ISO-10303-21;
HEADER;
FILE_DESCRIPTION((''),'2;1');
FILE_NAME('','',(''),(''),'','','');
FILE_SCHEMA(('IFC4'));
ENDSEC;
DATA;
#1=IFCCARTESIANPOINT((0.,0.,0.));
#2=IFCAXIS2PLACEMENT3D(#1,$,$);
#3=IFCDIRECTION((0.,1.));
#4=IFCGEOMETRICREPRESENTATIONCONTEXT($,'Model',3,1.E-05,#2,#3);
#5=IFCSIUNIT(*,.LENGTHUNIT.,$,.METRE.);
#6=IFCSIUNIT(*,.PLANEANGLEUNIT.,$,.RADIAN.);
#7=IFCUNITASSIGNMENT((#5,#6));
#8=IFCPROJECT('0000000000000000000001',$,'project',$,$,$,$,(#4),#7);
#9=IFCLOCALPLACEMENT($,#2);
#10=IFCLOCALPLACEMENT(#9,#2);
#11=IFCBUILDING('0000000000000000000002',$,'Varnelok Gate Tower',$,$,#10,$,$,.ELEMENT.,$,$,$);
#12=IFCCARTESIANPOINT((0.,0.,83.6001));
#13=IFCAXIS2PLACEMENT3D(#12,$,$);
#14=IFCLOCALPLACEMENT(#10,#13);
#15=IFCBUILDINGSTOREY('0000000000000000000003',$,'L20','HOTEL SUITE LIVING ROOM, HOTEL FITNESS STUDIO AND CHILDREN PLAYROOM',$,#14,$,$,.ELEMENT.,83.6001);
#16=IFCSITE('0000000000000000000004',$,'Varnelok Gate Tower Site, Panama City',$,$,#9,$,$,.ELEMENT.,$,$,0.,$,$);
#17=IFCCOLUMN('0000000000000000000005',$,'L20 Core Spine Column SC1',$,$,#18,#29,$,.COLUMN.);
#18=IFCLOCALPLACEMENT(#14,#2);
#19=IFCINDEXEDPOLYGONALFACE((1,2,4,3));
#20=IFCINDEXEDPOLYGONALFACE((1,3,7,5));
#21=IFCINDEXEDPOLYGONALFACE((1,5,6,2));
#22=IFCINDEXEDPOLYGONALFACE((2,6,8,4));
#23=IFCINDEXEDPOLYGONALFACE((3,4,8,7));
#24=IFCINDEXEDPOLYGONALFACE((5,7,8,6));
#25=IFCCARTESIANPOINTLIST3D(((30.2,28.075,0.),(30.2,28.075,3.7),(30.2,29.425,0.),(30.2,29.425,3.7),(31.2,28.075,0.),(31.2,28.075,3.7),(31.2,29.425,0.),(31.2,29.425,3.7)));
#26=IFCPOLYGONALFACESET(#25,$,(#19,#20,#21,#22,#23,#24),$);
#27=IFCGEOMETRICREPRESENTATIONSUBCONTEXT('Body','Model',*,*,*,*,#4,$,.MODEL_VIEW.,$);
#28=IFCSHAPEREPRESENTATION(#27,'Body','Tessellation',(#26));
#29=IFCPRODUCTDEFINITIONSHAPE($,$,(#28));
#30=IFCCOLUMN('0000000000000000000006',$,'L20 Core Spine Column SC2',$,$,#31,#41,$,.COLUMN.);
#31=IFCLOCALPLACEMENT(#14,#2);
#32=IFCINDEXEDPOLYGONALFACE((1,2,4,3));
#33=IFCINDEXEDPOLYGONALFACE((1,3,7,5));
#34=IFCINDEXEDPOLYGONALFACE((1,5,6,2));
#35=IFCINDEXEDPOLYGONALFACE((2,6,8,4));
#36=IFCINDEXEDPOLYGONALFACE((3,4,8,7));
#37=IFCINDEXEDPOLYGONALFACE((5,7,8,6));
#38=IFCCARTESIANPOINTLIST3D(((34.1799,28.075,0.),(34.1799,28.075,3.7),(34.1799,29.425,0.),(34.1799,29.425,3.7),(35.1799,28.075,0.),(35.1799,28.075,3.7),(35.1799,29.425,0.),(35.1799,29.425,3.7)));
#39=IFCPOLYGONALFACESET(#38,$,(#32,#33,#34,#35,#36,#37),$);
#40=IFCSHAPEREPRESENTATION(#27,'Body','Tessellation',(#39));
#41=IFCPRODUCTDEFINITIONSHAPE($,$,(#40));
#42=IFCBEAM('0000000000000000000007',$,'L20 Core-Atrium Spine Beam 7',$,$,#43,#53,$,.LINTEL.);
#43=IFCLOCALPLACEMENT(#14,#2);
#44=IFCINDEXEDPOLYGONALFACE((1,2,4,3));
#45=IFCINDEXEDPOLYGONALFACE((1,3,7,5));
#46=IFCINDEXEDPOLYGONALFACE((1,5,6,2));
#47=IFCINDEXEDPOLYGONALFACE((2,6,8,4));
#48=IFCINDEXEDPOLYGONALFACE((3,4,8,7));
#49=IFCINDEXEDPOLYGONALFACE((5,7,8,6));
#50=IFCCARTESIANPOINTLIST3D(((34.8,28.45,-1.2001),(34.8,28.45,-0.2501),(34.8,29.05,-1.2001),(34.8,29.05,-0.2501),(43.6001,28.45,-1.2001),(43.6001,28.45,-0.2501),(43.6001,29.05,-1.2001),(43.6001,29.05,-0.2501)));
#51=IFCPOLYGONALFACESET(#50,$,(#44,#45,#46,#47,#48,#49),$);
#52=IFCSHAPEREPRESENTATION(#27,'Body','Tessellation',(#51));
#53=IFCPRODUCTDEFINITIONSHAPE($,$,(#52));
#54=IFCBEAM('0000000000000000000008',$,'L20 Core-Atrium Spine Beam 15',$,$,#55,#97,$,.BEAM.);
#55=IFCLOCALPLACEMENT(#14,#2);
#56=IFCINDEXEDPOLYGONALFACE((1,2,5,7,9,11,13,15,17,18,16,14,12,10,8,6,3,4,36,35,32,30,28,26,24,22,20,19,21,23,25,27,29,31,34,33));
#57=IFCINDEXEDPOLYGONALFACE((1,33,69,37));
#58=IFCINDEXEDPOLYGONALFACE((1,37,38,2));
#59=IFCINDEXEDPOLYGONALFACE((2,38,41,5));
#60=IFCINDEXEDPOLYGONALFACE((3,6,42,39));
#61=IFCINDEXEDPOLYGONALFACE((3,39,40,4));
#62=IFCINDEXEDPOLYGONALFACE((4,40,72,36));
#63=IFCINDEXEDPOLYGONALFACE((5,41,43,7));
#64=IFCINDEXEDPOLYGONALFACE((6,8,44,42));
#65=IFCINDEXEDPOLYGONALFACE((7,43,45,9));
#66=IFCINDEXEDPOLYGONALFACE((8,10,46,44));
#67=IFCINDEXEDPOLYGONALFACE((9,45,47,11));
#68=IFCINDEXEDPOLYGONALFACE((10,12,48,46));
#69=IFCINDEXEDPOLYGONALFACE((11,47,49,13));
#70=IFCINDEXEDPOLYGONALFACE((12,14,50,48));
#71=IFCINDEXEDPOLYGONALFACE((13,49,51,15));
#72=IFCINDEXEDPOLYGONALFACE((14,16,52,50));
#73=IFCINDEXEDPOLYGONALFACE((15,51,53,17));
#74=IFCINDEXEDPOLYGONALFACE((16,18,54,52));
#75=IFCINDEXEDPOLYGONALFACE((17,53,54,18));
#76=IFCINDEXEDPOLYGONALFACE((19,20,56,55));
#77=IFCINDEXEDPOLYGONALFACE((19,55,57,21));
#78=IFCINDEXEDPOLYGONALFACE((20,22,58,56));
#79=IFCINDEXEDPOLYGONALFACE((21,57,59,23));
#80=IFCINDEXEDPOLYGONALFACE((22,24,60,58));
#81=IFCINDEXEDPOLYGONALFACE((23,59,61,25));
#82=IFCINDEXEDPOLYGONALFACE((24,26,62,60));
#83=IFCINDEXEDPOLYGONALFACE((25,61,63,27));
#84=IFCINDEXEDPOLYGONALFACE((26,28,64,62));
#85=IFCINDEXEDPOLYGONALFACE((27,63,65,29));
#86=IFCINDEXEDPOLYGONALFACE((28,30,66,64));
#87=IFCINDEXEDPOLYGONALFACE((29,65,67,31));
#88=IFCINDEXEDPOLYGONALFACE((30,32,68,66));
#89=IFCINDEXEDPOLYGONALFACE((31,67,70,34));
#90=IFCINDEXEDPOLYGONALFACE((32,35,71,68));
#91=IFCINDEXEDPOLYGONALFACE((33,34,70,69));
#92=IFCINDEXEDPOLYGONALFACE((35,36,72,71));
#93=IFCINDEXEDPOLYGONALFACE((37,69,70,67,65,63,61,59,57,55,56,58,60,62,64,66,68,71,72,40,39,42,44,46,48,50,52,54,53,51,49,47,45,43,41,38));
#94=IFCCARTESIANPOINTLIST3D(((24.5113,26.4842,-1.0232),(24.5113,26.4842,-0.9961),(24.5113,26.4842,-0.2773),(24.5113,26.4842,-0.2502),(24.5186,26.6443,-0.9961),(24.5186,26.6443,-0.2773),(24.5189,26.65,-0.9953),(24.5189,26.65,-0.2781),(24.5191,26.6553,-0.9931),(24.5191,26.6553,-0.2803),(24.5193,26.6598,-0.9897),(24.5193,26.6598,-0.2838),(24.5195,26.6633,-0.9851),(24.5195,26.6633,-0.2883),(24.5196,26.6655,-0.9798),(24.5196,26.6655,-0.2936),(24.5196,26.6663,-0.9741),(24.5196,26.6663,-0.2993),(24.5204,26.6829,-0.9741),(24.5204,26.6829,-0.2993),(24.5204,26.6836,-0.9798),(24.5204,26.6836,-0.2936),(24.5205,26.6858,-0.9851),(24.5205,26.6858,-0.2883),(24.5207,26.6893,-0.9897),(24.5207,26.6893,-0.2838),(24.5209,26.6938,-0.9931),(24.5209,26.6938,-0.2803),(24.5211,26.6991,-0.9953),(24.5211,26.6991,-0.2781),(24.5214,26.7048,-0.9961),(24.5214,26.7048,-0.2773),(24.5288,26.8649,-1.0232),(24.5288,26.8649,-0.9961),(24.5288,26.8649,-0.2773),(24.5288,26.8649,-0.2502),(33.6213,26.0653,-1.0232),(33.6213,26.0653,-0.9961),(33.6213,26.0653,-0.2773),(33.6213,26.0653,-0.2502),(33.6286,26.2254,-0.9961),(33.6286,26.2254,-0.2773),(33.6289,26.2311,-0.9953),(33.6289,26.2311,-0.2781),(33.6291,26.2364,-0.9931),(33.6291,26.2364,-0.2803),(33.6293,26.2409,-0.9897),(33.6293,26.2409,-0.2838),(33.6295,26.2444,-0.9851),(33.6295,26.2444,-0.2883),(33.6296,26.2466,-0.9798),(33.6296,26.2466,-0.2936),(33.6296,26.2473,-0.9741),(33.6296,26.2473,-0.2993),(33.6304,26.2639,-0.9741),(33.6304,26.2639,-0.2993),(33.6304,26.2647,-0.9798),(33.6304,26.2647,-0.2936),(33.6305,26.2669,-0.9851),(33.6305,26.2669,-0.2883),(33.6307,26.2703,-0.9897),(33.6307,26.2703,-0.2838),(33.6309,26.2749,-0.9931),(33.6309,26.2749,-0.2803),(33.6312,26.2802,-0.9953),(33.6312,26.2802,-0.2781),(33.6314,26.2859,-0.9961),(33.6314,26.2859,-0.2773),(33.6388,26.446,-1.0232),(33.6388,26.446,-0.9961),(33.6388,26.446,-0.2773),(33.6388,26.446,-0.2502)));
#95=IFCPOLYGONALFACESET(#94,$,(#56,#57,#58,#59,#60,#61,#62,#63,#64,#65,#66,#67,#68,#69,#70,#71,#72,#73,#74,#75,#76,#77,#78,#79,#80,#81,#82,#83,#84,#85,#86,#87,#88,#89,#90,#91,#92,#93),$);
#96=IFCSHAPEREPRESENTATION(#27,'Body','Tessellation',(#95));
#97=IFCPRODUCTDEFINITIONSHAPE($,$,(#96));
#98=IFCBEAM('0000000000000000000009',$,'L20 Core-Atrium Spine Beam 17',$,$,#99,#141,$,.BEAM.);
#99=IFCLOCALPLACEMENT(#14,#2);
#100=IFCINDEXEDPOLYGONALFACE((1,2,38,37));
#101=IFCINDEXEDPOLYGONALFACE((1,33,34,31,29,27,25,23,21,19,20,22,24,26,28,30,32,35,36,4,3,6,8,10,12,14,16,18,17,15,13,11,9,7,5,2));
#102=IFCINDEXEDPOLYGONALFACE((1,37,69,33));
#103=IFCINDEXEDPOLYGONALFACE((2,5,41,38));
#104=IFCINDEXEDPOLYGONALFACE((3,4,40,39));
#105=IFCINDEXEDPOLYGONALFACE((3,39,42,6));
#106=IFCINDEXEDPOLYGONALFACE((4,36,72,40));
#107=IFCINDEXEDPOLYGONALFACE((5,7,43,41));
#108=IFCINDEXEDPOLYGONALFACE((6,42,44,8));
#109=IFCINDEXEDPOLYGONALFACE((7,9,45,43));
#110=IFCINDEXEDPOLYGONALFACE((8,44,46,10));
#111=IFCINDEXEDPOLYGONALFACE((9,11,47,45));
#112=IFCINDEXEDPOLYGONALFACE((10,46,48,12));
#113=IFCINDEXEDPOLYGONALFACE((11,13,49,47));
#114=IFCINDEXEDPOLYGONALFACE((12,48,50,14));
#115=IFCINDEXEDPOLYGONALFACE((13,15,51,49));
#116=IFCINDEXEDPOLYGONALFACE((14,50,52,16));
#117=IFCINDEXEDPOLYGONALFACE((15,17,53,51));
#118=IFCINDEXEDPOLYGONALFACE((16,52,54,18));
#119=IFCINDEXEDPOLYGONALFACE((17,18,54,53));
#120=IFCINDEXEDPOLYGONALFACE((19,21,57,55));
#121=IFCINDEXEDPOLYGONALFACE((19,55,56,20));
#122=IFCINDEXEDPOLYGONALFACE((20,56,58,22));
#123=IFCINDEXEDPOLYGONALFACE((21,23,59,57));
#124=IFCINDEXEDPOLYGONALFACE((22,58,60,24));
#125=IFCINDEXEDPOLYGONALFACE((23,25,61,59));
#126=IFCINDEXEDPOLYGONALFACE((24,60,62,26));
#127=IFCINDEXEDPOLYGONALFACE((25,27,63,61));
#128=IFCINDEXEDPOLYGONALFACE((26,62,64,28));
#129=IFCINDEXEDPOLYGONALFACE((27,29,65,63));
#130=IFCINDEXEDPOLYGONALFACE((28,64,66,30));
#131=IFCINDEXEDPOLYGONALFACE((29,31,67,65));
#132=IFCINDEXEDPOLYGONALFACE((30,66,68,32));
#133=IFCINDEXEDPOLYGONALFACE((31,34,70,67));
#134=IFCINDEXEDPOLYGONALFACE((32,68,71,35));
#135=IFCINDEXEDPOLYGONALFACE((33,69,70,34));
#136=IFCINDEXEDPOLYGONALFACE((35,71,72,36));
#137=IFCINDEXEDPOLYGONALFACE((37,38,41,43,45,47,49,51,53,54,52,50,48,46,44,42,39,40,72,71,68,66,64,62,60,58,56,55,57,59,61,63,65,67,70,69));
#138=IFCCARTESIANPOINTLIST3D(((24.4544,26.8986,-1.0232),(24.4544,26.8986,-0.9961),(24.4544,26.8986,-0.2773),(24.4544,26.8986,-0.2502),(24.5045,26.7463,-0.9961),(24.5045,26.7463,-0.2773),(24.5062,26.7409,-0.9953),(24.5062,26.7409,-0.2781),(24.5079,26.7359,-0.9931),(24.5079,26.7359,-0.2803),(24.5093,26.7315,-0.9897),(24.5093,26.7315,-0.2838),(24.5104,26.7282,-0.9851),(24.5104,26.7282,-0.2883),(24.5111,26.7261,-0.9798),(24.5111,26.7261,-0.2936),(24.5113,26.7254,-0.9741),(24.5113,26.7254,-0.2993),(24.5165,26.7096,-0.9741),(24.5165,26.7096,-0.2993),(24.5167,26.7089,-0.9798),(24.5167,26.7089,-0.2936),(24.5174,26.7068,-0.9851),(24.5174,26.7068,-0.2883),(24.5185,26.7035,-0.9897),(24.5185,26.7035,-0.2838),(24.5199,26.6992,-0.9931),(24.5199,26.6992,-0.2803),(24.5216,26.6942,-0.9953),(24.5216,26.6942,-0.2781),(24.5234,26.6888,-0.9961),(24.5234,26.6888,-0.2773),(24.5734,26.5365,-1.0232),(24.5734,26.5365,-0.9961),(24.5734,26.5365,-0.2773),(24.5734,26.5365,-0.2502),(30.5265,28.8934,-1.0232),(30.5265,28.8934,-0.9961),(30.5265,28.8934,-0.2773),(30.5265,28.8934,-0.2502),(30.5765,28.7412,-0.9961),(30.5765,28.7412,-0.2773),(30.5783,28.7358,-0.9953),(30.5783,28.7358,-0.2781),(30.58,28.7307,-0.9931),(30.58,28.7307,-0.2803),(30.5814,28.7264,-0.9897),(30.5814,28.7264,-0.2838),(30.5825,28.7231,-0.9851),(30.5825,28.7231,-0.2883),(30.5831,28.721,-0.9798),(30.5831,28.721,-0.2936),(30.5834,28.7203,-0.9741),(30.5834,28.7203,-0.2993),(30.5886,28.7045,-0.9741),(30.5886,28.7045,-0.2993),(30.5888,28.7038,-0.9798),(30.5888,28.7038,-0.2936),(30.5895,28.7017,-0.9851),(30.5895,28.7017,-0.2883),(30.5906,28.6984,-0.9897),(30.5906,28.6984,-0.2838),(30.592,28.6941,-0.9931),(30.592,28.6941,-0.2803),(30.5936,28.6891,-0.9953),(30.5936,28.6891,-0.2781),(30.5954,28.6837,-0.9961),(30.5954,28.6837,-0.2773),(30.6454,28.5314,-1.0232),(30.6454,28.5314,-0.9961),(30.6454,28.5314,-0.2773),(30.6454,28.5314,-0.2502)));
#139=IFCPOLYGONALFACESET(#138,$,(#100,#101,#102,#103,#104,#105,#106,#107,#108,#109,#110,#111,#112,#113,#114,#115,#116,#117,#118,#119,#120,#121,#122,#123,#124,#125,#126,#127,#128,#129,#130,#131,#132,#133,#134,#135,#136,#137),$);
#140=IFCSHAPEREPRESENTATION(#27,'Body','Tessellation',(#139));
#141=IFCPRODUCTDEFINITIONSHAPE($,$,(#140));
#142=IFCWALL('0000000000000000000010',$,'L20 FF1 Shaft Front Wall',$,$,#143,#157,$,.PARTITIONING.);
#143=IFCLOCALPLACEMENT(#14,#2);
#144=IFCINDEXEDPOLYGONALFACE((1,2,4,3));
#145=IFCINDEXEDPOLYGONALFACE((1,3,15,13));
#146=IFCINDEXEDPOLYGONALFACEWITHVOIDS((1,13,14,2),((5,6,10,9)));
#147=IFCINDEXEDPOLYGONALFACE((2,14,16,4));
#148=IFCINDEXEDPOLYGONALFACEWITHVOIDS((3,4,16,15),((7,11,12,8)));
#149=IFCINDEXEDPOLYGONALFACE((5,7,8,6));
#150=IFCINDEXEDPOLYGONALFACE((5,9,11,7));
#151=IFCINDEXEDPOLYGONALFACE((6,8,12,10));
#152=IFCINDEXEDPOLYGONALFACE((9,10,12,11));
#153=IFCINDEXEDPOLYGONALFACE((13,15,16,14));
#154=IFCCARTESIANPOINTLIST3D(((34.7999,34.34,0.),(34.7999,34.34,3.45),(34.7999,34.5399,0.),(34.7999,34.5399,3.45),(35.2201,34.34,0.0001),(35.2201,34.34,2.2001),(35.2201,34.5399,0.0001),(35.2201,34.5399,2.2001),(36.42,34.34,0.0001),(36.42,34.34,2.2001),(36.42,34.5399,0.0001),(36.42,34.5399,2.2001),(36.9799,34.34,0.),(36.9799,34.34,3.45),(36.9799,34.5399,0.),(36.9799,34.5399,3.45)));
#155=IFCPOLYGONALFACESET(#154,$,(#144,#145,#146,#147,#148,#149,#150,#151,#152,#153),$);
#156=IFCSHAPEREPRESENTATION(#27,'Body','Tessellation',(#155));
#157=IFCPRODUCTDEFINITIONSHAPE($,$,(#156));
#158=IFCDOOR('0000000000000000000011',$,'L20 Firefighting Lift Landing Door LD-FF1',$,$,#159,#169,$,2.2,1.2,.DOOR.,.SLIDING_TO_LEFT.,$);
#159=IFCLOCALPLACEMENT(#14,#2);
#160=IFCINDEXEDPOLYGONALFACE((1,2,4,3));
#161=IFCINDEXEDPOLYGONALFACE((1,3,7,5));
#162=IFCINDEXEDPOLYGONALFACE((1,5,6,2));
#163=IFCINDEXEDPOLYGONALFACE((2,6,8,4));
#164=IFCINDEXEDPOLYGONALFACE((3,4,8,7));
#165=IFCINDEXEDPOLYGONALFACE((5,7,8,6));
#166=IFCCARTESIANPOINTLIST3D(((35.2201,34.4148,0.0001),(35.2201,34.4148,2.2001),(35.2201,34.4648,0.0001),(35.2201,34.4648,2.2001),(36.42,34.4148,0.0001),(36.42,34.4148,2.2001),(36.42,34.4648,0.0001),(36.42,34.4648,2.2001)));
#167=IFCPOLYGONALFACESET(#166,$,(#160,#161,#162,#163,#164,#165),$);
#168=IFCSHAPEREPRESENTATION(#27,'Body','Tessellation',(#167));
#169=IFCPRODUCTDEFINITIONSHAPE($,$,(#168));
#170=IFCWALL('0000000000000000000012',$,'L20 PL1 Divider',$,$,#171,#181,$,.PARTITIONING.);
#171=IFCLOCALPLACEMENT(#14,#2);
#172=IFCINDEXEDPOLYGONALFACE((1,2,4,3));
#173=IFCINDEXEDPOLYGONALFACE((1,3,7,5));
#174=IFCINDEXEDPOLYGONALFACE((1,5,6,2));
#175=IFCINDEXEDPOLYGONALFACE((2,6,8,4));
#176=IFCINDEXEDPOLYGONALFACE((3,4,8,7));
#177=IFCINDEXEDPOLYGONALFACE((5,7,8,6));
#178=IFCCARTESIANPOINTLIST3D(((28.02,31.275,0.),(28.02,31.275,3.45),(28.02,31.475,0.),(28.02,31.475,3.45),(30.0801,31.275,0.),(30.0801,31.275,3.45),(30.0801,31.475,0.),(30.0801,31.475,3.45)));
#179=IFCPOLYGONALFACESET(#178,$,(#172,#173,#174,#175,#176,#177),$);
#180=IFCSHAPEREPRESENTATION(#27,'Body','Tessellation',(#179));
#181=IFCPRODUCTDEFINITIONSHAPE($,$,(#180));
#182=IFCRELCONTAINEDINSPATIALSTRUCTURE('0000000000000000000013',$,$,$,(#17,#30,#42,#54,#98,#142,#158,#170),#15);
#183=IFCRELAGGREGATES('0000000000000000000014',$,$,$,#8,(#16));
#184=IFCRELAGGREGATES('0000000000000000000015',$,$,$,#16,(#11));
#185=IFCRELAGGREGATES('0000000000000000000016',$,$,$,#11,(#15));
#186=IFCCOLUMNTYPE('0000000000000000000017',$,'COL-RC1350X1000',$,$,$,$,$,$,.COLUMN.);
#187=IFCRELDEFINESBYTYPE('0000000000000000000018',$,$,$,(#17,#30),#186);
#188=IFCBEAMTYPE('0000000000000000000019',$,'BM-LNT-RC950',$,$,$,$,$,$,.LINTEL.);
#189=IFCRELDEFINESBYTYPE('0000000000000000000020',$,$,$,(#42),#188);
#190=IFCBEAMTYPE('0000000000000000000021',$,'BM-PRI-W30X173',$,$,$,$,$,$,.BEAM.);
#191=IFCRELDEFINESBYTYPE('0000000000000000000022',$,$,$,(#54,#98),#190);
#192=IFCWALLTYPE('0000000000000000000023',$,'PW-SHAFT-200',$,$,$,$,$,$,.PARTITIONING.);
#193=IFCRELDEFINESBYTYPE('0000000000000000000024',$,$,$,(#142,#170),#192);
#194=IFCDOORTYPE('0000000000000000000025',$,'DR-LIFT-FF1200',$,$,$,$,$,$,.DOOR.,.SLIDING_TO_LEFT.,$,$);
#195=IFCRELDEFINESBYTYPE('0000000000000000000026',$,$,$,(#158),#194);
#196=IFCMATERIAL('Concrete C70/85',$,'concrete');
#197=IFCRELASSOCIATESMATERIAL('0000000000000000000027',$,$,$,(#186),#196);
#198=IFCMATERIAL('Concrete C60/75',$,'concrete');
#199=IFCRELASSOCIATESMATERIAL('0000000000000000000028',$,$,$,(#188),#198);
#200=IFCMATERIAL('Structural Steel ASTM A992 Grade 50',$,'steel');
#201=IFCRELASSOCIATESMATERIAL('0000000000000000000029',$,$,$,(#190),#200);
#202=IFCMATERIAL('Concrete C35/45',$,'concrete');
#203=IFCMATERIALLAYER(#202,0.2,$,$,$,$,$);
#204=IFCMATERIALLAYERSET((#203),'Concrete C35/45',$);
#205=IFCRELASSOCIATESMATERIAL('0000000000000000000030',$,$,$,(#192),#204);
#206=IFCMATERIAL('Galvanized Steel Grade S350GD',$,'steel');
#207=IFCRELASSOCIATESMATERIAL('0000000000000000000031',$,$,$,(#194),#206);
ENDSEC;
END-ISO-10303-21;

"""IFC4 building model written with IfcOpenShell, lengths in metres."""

from ifc_helpers import new_model, si_unit, direction, frame, frame_2d, origin, origin_2d, place, context, subcontext, project, spatial, rectangle, i_section, extrude, material, layer, layer_set, material_profile, profile_set, type_object, element, fill, save


model = new_model("IFC4")

# Units and contexts
model_context = context("Model", 3, precision=1e-05, world=origin(), true_north=direction((0.0, 1.0)))
body_context = subcontext(model_context, "Body", "Model", "MODEL_VIEW")
ifc_project = project(units=[si_unit("LENGTHUNIT", "METRE"), si_unit("PLANEANGLEUNIT", "RADIAN")], contexts=[model_context])

# Site, building, storey
site_placement = place(None, origin())
site = spatial("IfcSite", under=ifc_project, at=site_placement, Name="Varnelok Gate Tower Site, Panama City", CompositionType="ELEMENT", RefElevation=0.0)
building_placement = place(site_placement, origin())
building = spatial("IfcBuilding", under=site, at=building_placement, Name="Varnelok Gate Tower", CompositionType="ELEMENT")
storey_placement = place(building_placement, frame((0.0, 0.0, 83.6001)))
storey = spatial("IfcBuildingStorey", under=building, at=storey_placement, Name="L20", Description="HOTEL SUITE LIVING ROOM, HOTEL FITNESS STUDIO AND CHILDREN PLAYROOM", CompositionType="ELEMENT", Elevation=83.6001)

# Columns
ifc_material_1 = material(Name="Concrete C70/85", Category="concrete")
ifc_material_profile_1 = material_profile(ifc_material_1, rectangle(XDim=1.0, YDim=1.3501, at=origin_2d()), Name="RC1350X1000")
ifc_profile_set_1 = profile_set([ifc_material_profile_1], Name="Concrete C70/85")
column_type = type_object("IfcColumnType", Name="COL-RC1350X1000", PredefinedType="COLUMN", material=ifc_profile_set_1)
for number, where, z_axis, x_axis, name in (
    (1, (30.7, 28.75, 0.0), (0.0, 0.0, 1.0), (1.0, 0.0, 0.0), "L20 Core Spine Column SC1"),
    (2, (34.6799, 28.75, 0.0), (0.0, 0.0, 1.0), (1.0, 0.0, 0.0), "L20 Core Spine Column SC2"),
):
    element("IfcColumn", number, at=place(storey_placement, frame(where, z_axis=z_axis, x_axis=x_axis)), inside=storey, type_object=column_type, Name=name, PredefinedType="COLUMN", context=body_context, shape_type="SweptSolid", body=[
        extrude(rectangle(XDim=1.0, YDim=1.3501, at=origin_2d()), origin(), (0.0, 0.0, 1.0), 3.7),
    ])

# Beams
ifc_material_2 = material(Name="Concrete C60/75", Category="concrete")
ifc_material_profile_2 = material_profile(ifc_material_2, rectangle(XDim=0.6001, YDim=0.95, at=origin_2d()), Name="RC950X600")
ifc_profile_set_2 = profile_set([ifc_material_profile_2], Name="Concrete C60/75")
beam_type_1 = type_object("IfcBeamType", Name="BM-LNT-RC950", PredefinedType="LINTEL", material=ifc_profile_set_2)
beam_1_placement = place(storey_placement, frame((34.8, 28.75, -0.7251), z_axis=(1.0, 0.0, 0.0), x_axis=(0.0, 1.0, 0.0)))
element("IfcBeam", 3, at=beam_1_placement, inside=storey, type_object=beam_type_1, Name="L20 Core-Atrium Spine Beam 7", PredefinedType="LINTEL", context=body_context, shape_type="SweptSolid", body=[
    extrude(rectangle(XDim=0.6001, YDim=0.95, at=origin_2d()), origin(), (0.0, 0.0, 1.0), 8.8),
])
ifc_material_3 = material(Name="Structural Steel ASTM A992 Grade 50", Category="steel")
ifc_material_profile_3 = material_profile(ifc_material_3, i_section(OverallWidth=0.3811, OverallDepth=0.7729, WebThickness=0.0166, FlangeThickness=0.0271, FilletRadius=0.022, at=origin_2d()), Name="W30X173")
ifc_profile_set_3 = profile_set([ifc_material_profile_3], Name="Structural Steel ASTM A992 Grade 50")
beam_type_2 = type_object("IfcBeamType", Name="BM-PRI-W30X173", PredefinedType="BEAM", material=ifc_profile_set_3)
beam_2_placement = place(storey_placement, frame((24.52, 26.6746, -0.6367), z_axis=(0.998944, -0.045938, 0.0), x_axis=(0.045938, 0.998944, 0.0)))
element("IfcBeam", 4, at=beam_2_placement, inside=storey, type_object=beam_type_2, Name="L20 Core-Atrium Spine Beam 15", PredefinedType="BEAM", context=body_context, shape_type="SweptSolid", body=[
    extrude(i_section(OverallWidth=0.3811, OverallDepth=0.7729, WebThickness=0.0166, FlangeThickness=0.0271, FilletRadius=0.022, at=origin_2d()), origin(), (0.0, 0.0, 1.0), 9.1196),
])
beam_3_placement = place(storey_placement, frame((24.5139, 26.7175, -0.6367), z_axis=(0.950042, 0.312122, 0.0), x_axis=(-0.312122, 0.950042, 0.0)))
element("IfcBeam", 5, at=beam_3_placement, inside=storey, type_object=beam_type_2, Name="L20 Core-Atrium Spine Beam 17", PredefinedType="BEAM", context=body_context, shape_type="SweptSolid", body=[
    extrude(i_section(OverallWidth=0.3811, OverallDepth=0.7729, WebThickness=0.0166, FlangeThickness=0.0271, FilletRadius=0.022, at=origin_2d()), origin(), (0.0, 0.0, 1.0), 6.3914),
])

# Wall, opening, door
ifc_material_4 = material(Name="Concrete C35/45", Category="concrete")
ifc_layer_1 = layer(ifc_material_4, 0.2)
ifc_layer_set_1 = layer_set([ifc_layer_1], Name="Concrete C35/45")
wall_type_1 = type_object("IfcWallType", Name="PW-SHAFT-200", PredefinedType="PARTITIONING", material=ifc_layer_set_1)
wall_1_placement = place(storey_placement, frame((34.8, 34.4399, 0.0), z_axis=(0.0, 0.0, 1.0), x_axis=(1.0, 0.0, 0.0)))
wall_1 = element("IfcWall", 6, at=wall_1_placement, inside=storey, type_object=wall_type_1, Name="L20 FF1 Shaft Front Wall", PredefinedType="PARTITIONING", context=body_context, shape_type="SweptSolid", body=[
    extrude(rectangle(XDim=2.1799, YDim=0.2, at=frame_2d((1.0898, 0.0))), origin(), (0.0, 0.0, 1.0), 3.45),
])
opening_1_placement = place(wall_1_placement, frame((0.4199, 0.0, 0.0)))
opening_1 = element("IfcOpeningElement", 7, at=opening_1_placement, cuts=wall_1, PredefinedType="OPENING", context=body_context, shape_type="SweptSolid", body=[
    extrude(rectangle(XDim=1.2, YDim=2.2, at=frame_2d((0.6001, 1.1001))), frame((0.0, 0.1099, 0.0), z_axis=(0.0, -1.0, 0.0), x_axis=(1.0, 0.0, 0.0)), (0.0, 0.0, 1.0), 0.22),
])
ifc_material_5 = material(Name="Galvanized Steel Grade S350GD", Category="steel")
door_type_1 = type_object("IfcDoorType", Name="DR-LIFT-FF1200", OperationType="SLIDING_TO_LEFT", PredefinedType="DOOR", material=ifc_material_5)
door_1_placement = place(opening_1_placement, origin())
door_1 = element("IfcDoor", 8, at=door_1_placement, inside=storey, type_object=door_type_1, Name="L20 Firefighting Lift Landing Door LD-FF1", OperationType="SLIDING_TO_LEFT", OverallHeight=2.2, OverallWidth=1.2, PredefinedType="DOOR", context=body_context, shape_type="SweptSolid", body=[
    extrude(rectangle(XDim=1.2, YDim=2.2, at=frame_2d((0.6001, 1.1001))), frame((0.0, 0.0249, 0.0), z_axis=(0.0, -1.0, 0.0), x_axis=(1.0, 0.0, 0.0)), (0.0, 0.0, 1.0), 0.05),
])
fill(opening_1, door_1)

# Wall
for number, where, z_axis, x_axis, name in (
    (9, (28.02, 31.375, 0.0), (0.0, 0.0, 1.0), (1.0, 0.0, 0.0), "L20 PL1 Divider"),
):
    element("IfcWall", number, at=place(storey_placement, frame(where, z_axis=z_axis, x_axis=x_axis)), inside=storey, type_object=wall_type_1, Name=name, PredefinedType="PARTITIONING", context=body_context, shape_type="SweptSolid", body=[
        extrude(rectangle(XDim=2.0601, YDim=0.2, at=frame_2d((1.03, 0.0))), origin(), (0.0, 0.0, 1.0), 3.45),
    ])

save(model, "model.ifc")
